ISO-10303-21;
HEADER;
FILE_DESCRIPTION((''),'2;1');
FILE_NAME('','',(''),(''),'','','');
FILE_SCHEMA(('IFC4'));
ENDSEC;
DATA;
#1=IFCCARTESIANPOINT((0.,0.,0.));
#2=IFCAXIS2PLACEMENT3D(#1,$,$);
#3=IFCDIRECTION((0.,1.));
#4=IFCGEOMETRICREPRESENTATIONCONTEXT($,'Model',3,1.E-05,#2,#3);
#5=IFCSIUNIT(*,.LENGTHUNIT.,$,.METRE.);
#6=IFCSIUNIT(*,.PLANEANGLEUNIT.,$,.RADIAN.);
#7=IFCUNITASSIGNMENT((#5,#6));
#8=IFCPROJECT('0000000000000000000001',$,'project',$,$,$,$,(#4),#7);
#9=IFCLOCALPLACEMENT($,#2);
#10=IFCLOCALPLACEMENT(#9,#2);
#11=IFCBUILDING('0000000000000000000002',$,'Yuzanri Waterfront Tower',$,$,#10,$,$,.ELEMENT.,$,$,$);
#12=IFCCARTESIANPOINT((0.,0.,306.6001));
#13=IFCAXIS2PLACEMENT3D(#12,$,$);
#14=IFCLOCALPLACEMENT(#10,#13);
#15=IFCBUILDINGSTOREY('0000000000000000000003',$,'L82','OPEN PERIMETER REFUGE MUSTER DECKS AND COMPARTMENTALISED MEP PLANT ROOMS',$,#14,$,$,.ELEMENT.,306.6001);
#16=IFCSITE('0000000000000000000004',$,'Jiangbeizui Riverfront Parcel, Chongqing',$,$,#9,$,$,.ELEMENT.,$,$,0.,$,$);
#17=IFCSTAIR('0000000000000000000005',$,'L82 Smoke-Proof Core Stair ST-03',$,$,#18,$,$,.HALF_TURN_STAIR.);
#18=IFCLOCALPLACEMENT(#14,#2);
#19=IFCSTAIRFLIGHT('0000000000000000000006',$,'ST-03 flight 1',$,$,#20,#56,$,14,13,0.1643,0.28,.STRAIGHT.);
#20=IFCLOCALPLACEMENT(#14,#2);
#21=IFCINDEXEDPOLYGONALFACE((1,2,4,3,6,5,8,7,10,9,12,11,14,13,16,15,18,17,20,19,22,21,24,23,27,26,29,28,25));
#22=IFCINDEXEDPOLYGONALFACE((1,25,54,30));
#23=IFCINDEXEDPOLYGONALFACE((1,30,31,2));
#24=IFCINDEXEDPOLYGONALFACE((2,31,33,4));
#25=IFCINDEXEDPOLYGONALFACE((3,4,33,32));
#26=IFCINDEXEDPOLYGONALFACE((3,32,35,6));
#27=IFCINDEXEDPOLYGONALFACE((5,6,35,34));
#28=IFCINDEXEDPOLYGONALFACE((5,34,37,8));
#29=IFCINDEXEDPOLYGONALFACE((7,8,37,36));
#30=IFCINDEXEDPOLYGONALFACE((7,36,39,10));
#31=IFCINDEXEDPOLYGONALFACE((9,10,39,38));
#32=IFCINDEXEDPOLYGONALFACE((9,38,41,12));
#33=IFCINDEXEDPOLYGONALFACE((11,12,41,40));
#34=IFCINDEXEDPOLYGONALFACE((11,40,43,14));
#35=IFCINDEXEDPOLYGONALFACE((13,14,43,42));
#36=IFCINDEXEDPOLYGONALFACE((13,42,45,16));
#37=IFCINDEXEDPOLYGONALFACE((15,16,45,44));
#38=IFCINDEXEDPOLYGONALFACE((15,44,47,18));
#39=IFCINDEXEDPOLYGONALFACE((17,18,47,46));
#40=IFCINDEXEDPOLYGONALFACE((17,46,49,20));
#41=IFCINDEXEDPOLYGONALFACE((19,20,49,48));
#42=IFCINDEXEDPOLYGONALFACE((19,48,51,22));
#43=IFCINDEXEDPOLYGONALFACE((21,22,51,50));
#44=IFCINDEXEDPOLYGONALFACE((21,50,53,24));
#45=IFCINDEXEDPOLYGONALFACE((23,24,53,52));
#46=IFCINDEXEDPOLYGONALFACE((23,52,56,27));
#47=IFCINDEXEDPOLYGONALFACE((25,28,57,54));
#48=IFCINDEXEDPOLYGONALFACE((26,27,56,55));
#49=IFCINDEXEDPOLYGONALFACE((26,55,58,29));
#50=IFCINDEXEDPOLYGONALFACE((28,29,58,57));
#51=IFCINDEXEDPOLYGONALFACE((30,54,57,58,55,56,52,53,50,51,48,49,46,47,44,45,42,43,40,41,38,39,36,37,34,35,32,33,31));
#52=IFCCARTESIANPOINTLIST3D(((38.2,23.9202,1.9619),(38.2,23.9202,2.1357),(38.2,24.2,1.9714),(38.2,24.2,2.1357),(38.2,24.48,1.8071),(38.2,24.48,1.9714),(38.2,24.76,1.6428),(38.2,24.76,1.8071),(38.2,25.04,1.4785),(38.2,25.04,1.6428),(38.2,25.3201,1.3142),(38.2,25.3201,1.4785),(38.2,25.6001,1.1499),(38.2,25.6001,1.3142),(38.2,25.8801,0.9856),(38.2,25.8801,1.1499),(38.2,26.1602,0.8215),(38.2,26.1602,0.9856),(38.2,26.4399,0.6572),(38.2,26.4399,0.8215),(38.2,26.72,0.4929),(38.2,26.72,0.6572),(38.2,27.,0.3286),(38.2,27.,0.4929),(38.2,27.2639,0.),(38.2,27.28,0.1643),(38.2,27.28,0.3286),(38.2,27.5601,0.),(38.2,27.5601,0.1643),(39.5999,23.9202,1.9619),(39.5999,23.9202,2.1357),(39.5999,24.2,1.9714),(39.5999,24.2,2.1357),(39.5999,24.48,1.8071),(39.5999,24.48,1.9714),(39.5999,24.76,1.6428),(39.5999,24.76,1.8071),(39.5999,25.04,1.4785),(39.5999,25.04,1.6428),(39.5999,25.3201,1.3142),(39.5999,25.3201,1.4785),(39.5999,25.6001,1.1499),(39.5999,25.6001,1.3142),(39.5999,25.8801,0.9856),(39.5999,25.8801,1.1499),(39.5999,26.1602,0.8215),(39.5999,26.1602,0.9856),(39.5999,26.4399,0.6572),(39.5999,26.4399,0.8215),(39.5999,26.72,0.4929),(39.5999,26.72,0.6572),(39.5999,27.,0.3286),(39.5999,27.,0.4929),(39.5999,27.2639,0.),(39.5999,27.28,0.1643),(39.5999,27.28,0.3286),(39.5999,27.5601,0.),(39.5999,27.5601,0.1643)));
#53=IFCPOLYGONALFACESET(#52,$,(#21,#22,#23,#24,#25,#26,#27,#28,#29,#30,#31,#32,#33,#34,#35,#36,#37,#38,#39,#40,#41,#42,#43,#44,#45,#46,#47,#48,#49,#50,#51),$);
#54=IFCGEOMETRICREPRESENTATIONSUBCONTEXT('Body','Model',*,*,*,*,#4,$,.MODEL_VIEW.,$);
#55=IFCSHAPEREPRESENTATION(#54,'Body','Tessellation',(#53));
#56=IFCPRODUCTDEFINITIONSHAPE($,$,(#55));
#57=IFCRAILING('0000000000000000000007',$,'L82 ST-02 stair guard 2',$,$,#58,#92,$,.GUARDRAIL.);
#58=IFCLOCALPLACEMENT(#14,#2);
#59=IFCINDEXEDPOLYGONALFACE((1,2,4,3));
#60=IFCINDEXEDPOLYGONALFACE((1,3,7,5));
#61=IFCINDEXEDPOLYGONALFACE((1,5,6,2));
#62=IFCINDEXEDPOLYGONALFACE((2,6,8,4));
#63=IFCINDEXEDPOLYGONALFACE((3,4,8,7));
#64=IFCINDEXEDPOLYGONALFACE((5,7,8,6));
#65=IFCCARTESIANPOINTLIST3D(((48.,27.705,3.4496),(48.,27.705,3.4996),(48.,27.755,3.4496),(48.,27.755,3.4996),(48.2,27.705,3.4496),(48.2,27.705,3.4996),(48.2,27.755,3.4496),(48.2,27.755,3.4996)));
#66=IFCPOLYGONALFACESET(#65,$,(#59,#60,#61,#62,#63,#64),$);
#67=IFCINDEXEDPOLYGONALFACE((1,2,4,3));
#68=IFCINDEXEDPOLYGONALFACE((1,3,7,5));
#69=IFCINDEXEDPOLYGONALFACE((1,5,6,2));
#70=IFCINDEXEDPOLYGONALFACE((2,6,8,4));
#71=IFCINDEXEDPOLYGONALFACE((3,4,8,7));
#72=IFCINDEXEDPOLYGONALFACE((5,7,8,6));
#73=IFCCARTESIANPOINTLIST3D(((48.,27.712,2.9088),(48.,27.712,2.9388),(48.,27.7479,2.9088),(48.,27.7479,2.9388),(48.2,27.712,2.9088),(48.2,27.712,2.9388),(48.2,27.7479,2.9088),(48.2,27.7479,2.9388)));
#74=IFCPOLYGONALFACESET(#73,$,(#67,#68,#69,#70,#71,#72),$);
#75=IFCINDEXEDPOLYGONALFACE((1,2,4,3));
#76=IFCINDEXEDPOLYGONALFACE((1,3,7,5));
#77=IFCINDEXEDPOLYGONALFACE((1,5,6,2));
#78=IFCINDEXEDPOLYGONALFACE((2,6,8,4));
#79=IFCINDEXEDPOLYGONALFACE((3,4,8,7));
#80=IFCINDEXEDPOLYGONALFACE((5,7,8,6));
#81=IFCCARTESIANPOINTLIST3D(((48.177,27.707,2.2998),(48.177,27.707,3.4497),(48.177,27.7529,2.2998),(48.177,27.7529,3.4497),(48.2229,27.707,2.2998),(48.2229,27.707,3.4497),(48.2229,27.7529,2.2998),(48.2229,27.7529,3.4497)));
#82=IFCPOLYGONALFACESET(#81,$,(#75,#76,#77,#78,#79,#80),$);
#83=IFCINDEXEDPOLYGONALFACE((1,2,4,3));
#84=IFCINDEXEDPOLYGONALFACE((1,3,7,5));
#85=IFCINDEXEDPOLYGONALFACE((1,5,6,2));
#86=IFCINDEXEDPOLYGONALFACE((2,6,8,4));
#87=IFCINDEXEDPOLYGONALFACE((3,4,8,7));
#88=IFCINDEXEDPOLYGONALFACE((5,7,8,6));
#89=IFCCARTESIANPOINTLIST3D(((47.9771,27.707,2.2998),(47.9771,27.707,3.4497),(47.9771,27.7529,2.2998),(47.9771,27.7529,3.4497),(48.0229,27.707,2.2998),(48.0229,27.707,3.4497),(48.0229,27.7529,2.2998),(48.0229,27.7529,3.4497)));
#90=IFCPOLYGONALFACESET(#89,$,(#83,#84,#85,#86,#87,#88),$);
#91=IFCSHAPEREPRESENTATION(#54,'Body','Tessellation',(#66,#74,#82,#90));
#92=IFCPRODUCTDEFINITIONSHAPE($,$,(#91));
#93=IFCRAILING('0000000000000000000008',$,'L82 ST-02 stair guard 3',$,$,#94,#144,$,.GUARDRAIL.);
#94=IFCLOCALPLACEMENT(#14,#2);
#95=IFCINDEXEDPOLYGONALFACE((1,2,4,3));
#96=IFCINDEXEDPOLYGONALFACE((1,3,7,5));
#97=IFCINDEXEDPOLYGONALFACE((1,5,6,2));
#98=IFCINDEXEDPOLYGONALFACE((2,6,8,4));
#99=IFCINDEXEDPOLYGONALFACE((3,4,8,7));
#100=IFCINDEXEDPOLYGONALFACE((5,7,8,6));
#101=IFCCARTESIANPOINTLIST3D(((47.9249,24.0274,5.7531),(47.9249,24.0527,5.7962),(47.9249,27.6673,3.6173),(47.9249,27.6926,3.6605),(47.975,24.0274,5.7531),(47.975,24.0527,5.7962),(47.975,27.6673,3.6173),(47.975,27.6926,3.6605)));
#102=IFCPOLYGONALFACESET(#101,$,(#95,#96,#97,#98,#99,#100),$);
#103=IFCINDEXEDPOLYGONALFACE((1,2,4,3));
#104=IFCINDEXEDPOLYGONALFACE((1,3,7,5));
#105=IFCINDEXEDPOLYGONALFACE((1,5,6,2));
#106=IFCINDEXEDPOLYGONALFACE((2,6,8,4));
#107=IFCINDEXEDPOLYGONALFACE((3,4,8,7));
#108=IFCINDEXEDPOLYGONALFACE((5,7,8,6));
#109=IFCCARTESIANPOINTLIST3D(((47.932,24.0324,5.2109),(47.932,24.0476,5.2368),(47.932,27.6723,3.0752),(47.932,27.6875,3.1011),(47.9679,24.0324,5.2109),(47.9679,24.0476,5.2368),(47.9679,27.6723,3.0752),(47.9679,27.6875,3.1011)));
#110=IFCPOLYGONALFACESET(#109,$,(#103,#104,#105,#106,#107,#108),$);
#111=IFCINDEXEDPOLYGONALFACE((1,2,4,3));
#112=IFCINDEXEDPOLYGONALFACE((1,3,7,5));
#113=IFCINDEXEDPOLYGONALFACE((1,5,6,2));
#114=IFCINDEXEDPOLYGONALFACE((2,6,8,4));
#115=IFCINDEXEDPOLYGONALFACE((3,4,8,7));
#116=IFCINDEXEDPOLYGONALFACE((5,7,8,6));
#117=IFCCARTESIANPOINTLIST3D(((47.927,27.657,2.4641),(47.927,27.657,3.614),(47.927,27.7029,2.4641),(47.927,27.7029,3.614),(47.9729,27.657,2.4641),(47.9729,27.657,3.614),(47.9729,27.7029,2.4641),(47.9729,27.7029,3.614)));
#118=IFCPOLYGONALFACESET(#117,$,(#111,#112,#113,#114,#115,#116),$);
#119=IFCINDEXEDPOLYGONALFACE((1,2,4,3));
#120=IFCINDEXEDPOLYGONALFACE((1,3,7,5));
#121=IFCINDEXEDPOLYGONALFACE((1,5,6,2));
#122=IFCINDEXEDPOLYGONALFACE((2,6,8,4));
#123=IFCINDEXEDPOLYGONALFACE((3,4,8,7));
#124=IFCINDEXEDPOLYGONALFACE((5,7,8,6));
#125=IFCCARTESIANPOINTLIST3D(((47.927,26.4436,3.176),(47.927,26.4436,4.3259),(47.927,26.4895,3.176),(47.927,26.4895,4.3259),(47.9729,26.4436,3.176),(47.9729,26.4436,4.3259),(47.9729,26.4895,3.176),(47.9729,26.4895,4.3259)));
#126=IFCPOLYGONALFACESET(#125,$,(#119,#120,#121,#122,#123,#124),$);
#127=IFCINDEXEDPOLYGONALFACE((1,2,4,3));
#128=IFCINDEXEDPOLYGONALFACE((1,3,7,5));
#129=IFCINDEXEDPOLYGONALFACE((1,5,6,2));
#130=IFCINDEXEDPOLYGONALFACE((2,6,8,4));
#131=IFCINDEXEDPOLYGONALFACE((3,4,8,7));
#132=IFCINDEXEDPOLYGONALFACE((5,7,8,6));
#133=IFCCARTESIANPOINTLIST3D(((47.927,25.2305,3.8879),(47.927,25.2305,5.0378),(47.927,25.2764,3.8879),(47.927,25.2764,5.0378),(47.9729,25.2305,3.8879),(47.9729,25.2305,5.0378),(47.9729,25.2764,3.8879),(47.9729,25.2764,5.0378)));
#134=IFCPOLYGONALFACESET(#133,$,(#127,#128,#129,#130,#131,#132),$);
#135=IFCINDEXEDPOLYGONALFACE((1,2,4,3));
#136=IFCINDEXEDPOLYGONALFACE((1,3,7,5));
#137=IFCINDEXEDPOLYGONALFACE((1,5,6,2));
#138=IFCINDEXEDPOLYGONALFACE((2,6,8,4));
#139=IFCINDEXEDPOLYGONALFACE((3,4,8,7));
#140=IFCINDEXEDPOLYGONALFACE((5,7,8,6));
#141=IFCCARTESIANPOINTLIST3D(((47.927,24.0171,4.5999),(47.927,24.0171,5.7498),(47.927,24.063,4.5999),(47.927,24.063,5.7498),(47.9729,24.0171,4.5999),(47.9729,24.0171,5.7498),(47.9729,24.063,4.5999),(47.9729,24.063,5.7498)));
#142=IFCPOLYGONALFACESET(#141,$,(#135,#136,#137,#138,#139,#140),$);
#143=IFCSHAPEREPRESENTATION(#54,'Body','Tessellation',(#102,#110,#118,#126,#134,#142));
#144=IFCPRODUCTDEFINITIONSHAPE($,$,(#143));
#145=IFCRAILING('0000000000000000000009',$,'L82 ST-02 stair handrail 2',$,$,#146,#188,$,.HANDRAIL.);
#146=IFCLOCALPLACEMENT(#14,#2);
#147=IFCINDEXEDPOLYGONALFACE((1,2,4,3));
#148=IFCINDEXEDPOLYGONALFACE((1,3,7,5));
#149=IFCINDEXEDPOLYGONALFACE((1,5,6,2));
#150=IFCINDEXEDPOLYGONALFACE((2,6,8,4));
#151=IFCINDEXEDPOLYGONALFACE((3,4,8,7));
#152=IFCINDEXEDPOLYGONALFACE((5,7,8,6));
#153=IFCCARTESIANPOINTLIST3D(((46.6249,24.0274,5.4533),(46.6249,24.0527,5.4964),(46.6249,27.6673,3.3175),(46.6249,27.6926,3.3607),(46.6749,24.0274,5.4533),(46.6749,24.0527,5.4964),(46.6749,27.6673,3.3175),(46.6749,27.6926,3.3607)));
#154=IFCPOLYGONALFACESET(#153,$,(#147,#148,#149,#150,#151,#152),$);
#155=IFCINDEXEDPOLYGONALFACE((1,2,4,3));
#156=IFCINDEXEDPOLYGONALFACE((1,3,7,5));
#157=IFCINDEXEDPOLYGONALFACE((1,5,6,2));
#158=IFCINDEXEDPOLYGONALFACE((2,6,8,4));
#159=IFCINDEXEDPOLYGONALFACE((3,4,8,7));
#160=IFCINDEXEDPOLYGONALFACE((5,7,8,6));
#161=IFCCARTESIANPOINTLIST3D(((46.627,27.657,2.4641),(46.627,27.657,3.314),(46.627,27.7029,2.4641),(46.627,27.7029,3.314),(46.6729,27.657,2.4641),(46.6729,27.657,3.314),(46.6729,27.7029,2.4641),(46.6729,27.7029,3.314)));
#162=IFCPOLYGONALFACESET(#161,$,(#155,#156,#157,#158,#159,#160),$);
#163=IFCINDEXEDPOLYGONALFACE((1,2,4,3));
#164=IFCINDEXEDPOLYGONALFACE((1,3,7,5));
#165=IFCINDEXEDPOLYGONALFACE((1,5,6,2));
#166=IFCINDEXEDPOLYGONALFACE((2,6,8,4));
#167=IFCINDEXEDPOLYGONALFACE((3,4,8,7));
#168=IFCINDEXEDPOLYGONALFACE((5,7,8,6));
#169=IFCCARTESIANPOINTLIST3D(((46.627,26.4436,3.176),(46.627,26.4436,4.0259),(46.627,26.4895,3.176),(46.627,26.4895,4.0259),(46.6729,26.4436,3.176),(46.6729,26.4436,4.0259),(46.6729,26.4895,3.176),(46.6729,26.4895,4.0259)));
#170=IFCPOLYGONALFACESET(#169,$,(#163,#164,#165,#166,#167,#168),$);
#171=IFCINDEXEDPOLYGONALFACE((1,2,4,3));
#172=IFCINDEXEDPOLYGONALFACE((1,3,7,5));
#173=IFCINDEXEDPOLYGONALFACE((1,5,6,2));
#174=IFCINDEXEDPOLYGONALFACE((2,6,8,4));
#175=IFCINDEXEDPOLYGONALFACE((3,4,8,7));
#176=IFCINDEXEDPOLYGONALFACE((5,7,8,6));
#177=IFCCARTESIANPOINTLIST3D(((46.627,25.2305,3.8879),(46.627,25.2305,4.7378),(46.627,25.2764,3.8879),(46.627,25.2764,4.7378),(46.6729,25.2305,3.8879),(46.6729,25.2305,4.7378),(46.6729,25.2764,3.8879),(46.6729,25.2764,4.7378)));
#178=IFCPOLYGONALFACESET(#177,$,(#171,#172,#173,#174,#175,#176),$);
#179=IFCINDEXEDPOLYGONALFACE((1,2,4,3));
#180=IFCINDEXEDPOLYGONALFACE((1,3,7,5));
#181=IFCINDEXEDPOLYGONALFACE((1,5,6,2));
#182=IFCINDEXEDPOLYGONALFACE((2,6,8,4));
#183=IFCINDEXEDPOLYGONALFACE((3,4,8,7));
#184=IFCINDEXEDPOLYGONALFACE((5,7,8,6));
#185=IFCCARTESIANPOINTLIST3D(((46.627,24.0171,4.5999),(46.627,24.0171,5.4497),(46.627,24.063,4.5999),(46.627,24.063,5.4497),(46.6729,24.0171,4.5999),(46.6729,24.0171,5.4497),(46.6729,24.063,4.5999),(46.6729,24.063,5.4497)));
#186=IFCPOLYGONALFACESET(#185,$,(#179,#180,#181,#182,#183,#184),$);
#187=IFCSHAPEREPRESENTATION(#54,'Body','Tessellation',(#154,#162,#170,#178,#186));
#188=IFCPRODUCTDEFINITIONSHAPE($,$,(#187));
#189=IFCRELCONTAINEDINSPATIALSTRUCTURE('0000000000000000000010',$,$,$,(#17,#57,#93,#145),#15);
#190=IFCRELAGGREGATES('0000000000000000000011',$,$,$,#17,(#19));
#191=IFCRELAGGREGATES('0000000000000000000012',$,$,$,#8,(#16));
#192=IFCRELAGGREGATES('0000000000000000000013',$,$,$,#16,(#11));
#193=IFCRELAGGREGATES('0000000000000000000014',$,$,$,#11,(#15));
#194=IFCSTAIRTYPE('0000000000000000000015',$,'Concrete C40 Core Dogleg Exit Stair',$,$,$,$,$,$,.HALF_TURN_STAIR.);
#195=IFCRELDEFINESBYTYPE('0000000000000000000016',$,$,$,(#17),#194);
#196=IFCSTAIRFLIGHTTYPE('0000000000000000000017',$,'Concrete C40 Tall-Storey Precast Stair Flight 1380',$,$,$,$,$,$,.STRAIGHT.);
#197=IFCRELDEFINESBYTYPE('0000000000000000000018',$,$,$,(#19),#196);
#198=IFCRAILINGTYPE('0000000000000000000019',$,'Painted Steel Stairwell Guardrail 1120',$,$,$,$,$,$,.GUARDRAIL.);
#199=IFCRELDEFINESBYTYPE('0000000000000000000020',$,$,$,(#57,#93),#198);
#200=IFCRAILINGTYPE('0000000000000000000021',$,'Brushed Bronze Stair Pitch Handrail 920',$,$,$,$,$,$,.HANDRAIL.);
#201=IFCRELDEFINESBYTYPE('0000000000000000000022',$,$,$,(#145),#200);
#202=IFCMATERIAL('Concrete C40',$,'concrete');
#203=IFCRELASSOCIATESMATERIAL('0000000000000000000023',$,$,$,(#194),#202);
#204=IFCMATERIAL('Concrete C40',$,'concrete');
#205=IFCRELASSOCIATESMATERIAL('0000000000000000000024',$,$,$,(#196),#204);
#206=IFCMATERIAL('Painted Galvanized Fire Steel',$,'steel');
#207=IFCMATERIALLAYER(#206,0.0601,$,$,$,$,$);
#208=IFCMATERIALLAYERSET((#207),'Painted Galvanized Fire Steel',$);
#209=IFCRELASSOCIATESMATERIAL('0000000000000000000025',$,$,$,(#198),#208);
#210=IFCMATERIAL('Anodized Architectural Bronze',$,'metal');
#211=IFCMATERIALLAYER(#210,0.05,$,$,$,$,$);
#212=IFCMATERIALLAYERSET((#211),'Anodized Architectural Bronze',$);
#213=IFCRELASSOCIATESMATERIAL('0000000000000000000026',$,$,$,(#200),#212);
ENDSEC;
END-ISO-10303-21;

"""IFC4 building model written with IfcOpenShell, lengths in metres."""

from ifc_helpers import new_model, si_unit, direction, frame, origin, origin_2d, place, context, subcontext, project, spatial, polyline, rectangle, outline, extrude, source, transform, mapped, material, layer, layer_set, type_object, element, aggregate, save


model = new_model("IFC4")

# Units and contexts
model_context = context("Model", 3, precision=1e-05, world=origin(), true_north=direction((0.0, 1.0)))
body_context = subcontext(model_context, "Body", "Model", "MODEL_VIEW")
ifc_project = project(units=[si_unit("LENGTHUNIT", "METRE"), si_unit("PLANEANGLEUNIT", "RADIAN")], contexts=[model_context])

# Site, building, storey
site_placement = place(None, origin())
site = spatial("IfcSite", under=ifc_project, at=site_placement, Name="Jiangbeizui Riverfront Parcel, Chongqing", CompositionType="ELEMENT", RefElevation=0.0)
building_placement = place(site_placement, origin())
building = spatial("IfcBuilding", under=site, at=building_placement, Name="Yuzanri Waterfront Tower", CompositionType="ELEMENT")
storey_placement = place(building_placement, frame((0.0, 0.0, 306.6001)))
storey = spatial("IfcBuildingStorey", under=building, at=storey_placement, Name="L82", Description="OPEN PERIMETER REFUGE MUSTER DECKS AND COMPARTMENTALISED MEP PLANT ROOMS", CompositionType="ELEMENT", Elevation=306.6001)

# Stair, stair flight
ifc_material_1 = material(Name="Concrete C40", Category="concrete")
stair_type = type_object("IfcStairType", Name="Concrete C40 Core Dogleg Exit Stair", PredefinedType="HALF_TURN_STAIR", material=ifc_material_1)
ifc_material_2 = material(Name="Concrete C40", Category="concrete")
stair_flight_type = type_object("IfcStairFlightType", Name="Concrete C40 Tall-Storey Precast Stair Flight 1380", PredefinedType="STRAIGHT", material=ifc_material_2)
shared_shape_1 = source(origin(), body_context, "Body", "SweptSolid", [
    extrude(outline(polyline([(0.0, 0.0), (0.0, 0.1643), (0.28, 0.1643), (0.28, 0.3286), (0.5601, 0.3286), (0.5601, 0.4929), (0.8401, 0.4929), (0.8401, 0.6572), (1.1201, 0.6572), (1.1201, 0.8215), (1.3999, 0.8215), (1.3999, 0.9856), (1.6799, 0.9856), (1.6799, 1.1499), (1.96, 1.1499), (1.96, 1.3142), (2.24, 1.3142), (2.24, 1.4785), (2.52, 1.4785), (2.52, 1.6428), (2.8, 1.6428), (2.8, 1.8071), (3.0801, 1.8071), (3.0801, 1.9714), (3.3601, 1.9714), (3.3601, 2.1357), (3.6399, 2.1357), (3.6399, 2.3), (3.6399, 1.9619), (0.2961, 0.0), (0.0, 0.0)])), frame((0.0, 0.7, 0.0), z_axis=(0.0, -1.0, 0.0), x_axis=(1.0, 0.0, 0.0)), (0.0, 0.0, 1.0), 1.3999),
])
stair_1_placement = place(storey_placement, origin())
stair_1 = element("IfcStair", 1, at=stair_1_placement, inside=storey, type_object=stair_type, Name="L82 Smoke-Proof Core Stair ST-03", PredefinedType="HALF_TURN_STAIR")
stair_flight_1_placement = place(storey_placement, frame((38.8999, 27.5601, 0.0), z_axis=(0.0, 0.0, 1.0), x_axis=(0.0, -1.0, 0.0)))
stair_flight_1 = element("IfcStairFlight", 2, at=stair_flight_1_placement, type_object=stair_flight_type, Name="ST-03 flight 1", NumberOfRisers=14, NumberOfTreads=13, PredefinedType="STRAIGHT", RiserHeight=0.1643, TreadLength=0.28, context=body_context, shape_type="MappedRepresentation", body=[
    mapped(shared_shape_1, transform((0.0, 0.0, 0.0), scale=1.0)),
])
aggregate(stair_1, [stair_flight_1])

# Railings
ifc_material_3 = material(Name="Painted Galvanized Fire Steel", Category="steel")
ifc_layer_1 = layer(ifc_material_3, 0.0601)
ifc_layer_set_1 = layer_set([ifc_layer_1], Name="Painted Galvanized Fire Steel")
railing_type_1 = type_object("IfcRailingType", Name="Painted Steel Stairwell Guardrail 1120", PredefinedType="GUARDRAIL", material=ifc_layer_set_1)
shared_shape_2 = source(origin(), body_context, "Body", "SweptSolid", [
    extrude(rectangle(XDim=0.05, YDim=0.05, at=origin_2d()), frame((0.0, 0.0, 1.1748), z_axis=(-1.0, 0.0, 0.0), x_axis=(0.0, -1.0, 0.0)), (0.0, 0.0, 1.0), 0.2),
    extrude(rectangle(XDim=0.0359, YDim=0.03, at=origin_2d()), frame((0.0, 0.0, 0.624), z_axis=(-1.0, 0.0, 0.0), x_axis=(0.0, -1.0, 0.0)), (0.0, 0.0, 1.0), 0.2),
    extrude(rectangle(XDim=0.0459, YDim=0.0459, at=origin_2d()), origin(), (0.0, 0.0, 1.0), 1.1499),
    extrude(rectangle(XDim=0.0459, YDim=0.0459, at=origin_2d()), frame((-0.2, 0.0, 0.0)), (0.0, 0.0, 1.0), 1.1499),
])
railing_1_placement = place(storey_placement, frame((48.2, 27.73, 2.2998)))
element("IfcRailing", 3, at=railing_1_placement, inside=storey, type_object=railing_type_1, Name="L82 ST-02 stair guard 2", PredefinedType="GUARDRAIL", context=body_context, shape_type="MappedRepresentation", body=[
    mapped(shared_shape_2, transform((0.0, 0.0, 0.0), scale=1.0)),
])
shared_shape_3 = source(origin(), body_context, "Body", "SweptSolid", [
    extrude(rectangle(XDim=0.05, YDim=0.05, at=origin_2d()), frame((0.0, 0.0, 1.1748), z_axis=(0.0, -0.86249, 0.506074), x_axis=(1.0, 0.0, 0.0)), (0.0, 0.0, 1.0), 4.2202),
    extrude(rectangle(XDim=0.0359, YDim=0.03, at=origin_2d()), frame((0.0, 0.0, 0.624), z_axis=(0.0, -0.86249, 0.506074), x_axis=(1.0, 0.0, 0.0)), (0.0, 0.0, 1.0), 4.2202),
    extrude(rectangle(XDim=0.0459, YDim=0.0459, at=origin_2d()), origin(), (0.0, 0.0, 1.0), 1.1499),
    extrude(rectangle(XDim=0.0459, YDim=0.0459, at=origin_2d()), frame((0.0, -1.2134, 0.7119)), (0.0, 0.0, 1.0), 1.1499),
    extrude(rectangle(XDim=0.0459, YDim=0.0459, at=origin_2d()), frame((0.0, -2.4265, 1.4238)), (0.0, 0.0, 1.0), 1.1499),
    extrude(rectangle(XDim=0.0459, YDim=0.0459, at=origin_2d()), frame((0.0, -3.6399, 2.1357)), (0.0, 0.0, 1.0), 1.1499),
])
railing_2_placement = place(storey_placement, frame((47.95, 27.6799, 2.4641)))
element("IfcRailing", 4, at=railing_2_placement, inside=storey, type_object=railing_type_1, Name="L82 ST-02 stair guard 3", PredefinedType="GUARDRAIL", context=body_context, shape_type="MappedRepresentation", body=[
    mapped(shared_shape_3, transform((0.0, 0.0, 0.0), scale=1.0)),
])
ifc_material_4 = material(Name="Anodized Architectural Bronze", Category="metal")
ifc_layer_2 = layer(ifc_material_4, 0.05)
ifc_layer_set_2 = layer_set([ifc_layer_2], Name="Anodized Architectural Bronze")
railing_type_2 = type_object("IfcRailingType", Name="Brushed Bronze Stair Pitch Handrail 920", PredefinedType="HANDRAIL", material=ifc_layer_set_2)
shared_shape_4 = source(origin(), body_context, "Body", "SweptSolid", [
    extrude(rectangle(XDim=0.05, YDim=0.05, at=origin_2d()), frame((0.0, 0.0, 0.875), z_axis=(0.0, -0.86249, 0.506074), x_axis=(1.0, 0.0, 0.0)), (0.0, 0.0, 1.0), 4.2202),
    extrude(rectangle(XDim=0.0459, YDim=0.0459, at=origin_2d()), origin(), (0.0, 0.0, 1.0), 0.8499),
    extrude(rectangle(XDim=0.0459, YDim=0.0459, at=origin_2d()), frame((0.0, -1.2134, 0.7119)), (0.0, 0.0, 1.0), 0.8499),
    extrude(rectangle(XDim=0.0459, YDim=0.0459, at=origin_2d()), frame((0.0, -2.4265, 1.4238)), (0.0, 0.0, 1.0), 0.8499),
    extrude(rectangle(XDim=0.0459, YDim=0.0459, at=origin_2d()), frame((0.0, -3.6399, 2.1357)), (0.0, 0.0, 1.0), 0.8499),
])
railing_3_placement = place(storey_placement, frame((46.6499, 27.6799, 2.4641)))
element("IfcRailing", 5, at=railing_3_placement, inside=storey, type_object=railing_type_2, Name="L82 ST-02 stair handrail 2", PredefinedType="HANDRAIL", context=body_context, shape_type="MappedRepresentation", body=[
    mapped(shared_shape_4, transform((0.0, 0.0, 0.0), scale=1.0)),
])

save(model, "model.ifc")
